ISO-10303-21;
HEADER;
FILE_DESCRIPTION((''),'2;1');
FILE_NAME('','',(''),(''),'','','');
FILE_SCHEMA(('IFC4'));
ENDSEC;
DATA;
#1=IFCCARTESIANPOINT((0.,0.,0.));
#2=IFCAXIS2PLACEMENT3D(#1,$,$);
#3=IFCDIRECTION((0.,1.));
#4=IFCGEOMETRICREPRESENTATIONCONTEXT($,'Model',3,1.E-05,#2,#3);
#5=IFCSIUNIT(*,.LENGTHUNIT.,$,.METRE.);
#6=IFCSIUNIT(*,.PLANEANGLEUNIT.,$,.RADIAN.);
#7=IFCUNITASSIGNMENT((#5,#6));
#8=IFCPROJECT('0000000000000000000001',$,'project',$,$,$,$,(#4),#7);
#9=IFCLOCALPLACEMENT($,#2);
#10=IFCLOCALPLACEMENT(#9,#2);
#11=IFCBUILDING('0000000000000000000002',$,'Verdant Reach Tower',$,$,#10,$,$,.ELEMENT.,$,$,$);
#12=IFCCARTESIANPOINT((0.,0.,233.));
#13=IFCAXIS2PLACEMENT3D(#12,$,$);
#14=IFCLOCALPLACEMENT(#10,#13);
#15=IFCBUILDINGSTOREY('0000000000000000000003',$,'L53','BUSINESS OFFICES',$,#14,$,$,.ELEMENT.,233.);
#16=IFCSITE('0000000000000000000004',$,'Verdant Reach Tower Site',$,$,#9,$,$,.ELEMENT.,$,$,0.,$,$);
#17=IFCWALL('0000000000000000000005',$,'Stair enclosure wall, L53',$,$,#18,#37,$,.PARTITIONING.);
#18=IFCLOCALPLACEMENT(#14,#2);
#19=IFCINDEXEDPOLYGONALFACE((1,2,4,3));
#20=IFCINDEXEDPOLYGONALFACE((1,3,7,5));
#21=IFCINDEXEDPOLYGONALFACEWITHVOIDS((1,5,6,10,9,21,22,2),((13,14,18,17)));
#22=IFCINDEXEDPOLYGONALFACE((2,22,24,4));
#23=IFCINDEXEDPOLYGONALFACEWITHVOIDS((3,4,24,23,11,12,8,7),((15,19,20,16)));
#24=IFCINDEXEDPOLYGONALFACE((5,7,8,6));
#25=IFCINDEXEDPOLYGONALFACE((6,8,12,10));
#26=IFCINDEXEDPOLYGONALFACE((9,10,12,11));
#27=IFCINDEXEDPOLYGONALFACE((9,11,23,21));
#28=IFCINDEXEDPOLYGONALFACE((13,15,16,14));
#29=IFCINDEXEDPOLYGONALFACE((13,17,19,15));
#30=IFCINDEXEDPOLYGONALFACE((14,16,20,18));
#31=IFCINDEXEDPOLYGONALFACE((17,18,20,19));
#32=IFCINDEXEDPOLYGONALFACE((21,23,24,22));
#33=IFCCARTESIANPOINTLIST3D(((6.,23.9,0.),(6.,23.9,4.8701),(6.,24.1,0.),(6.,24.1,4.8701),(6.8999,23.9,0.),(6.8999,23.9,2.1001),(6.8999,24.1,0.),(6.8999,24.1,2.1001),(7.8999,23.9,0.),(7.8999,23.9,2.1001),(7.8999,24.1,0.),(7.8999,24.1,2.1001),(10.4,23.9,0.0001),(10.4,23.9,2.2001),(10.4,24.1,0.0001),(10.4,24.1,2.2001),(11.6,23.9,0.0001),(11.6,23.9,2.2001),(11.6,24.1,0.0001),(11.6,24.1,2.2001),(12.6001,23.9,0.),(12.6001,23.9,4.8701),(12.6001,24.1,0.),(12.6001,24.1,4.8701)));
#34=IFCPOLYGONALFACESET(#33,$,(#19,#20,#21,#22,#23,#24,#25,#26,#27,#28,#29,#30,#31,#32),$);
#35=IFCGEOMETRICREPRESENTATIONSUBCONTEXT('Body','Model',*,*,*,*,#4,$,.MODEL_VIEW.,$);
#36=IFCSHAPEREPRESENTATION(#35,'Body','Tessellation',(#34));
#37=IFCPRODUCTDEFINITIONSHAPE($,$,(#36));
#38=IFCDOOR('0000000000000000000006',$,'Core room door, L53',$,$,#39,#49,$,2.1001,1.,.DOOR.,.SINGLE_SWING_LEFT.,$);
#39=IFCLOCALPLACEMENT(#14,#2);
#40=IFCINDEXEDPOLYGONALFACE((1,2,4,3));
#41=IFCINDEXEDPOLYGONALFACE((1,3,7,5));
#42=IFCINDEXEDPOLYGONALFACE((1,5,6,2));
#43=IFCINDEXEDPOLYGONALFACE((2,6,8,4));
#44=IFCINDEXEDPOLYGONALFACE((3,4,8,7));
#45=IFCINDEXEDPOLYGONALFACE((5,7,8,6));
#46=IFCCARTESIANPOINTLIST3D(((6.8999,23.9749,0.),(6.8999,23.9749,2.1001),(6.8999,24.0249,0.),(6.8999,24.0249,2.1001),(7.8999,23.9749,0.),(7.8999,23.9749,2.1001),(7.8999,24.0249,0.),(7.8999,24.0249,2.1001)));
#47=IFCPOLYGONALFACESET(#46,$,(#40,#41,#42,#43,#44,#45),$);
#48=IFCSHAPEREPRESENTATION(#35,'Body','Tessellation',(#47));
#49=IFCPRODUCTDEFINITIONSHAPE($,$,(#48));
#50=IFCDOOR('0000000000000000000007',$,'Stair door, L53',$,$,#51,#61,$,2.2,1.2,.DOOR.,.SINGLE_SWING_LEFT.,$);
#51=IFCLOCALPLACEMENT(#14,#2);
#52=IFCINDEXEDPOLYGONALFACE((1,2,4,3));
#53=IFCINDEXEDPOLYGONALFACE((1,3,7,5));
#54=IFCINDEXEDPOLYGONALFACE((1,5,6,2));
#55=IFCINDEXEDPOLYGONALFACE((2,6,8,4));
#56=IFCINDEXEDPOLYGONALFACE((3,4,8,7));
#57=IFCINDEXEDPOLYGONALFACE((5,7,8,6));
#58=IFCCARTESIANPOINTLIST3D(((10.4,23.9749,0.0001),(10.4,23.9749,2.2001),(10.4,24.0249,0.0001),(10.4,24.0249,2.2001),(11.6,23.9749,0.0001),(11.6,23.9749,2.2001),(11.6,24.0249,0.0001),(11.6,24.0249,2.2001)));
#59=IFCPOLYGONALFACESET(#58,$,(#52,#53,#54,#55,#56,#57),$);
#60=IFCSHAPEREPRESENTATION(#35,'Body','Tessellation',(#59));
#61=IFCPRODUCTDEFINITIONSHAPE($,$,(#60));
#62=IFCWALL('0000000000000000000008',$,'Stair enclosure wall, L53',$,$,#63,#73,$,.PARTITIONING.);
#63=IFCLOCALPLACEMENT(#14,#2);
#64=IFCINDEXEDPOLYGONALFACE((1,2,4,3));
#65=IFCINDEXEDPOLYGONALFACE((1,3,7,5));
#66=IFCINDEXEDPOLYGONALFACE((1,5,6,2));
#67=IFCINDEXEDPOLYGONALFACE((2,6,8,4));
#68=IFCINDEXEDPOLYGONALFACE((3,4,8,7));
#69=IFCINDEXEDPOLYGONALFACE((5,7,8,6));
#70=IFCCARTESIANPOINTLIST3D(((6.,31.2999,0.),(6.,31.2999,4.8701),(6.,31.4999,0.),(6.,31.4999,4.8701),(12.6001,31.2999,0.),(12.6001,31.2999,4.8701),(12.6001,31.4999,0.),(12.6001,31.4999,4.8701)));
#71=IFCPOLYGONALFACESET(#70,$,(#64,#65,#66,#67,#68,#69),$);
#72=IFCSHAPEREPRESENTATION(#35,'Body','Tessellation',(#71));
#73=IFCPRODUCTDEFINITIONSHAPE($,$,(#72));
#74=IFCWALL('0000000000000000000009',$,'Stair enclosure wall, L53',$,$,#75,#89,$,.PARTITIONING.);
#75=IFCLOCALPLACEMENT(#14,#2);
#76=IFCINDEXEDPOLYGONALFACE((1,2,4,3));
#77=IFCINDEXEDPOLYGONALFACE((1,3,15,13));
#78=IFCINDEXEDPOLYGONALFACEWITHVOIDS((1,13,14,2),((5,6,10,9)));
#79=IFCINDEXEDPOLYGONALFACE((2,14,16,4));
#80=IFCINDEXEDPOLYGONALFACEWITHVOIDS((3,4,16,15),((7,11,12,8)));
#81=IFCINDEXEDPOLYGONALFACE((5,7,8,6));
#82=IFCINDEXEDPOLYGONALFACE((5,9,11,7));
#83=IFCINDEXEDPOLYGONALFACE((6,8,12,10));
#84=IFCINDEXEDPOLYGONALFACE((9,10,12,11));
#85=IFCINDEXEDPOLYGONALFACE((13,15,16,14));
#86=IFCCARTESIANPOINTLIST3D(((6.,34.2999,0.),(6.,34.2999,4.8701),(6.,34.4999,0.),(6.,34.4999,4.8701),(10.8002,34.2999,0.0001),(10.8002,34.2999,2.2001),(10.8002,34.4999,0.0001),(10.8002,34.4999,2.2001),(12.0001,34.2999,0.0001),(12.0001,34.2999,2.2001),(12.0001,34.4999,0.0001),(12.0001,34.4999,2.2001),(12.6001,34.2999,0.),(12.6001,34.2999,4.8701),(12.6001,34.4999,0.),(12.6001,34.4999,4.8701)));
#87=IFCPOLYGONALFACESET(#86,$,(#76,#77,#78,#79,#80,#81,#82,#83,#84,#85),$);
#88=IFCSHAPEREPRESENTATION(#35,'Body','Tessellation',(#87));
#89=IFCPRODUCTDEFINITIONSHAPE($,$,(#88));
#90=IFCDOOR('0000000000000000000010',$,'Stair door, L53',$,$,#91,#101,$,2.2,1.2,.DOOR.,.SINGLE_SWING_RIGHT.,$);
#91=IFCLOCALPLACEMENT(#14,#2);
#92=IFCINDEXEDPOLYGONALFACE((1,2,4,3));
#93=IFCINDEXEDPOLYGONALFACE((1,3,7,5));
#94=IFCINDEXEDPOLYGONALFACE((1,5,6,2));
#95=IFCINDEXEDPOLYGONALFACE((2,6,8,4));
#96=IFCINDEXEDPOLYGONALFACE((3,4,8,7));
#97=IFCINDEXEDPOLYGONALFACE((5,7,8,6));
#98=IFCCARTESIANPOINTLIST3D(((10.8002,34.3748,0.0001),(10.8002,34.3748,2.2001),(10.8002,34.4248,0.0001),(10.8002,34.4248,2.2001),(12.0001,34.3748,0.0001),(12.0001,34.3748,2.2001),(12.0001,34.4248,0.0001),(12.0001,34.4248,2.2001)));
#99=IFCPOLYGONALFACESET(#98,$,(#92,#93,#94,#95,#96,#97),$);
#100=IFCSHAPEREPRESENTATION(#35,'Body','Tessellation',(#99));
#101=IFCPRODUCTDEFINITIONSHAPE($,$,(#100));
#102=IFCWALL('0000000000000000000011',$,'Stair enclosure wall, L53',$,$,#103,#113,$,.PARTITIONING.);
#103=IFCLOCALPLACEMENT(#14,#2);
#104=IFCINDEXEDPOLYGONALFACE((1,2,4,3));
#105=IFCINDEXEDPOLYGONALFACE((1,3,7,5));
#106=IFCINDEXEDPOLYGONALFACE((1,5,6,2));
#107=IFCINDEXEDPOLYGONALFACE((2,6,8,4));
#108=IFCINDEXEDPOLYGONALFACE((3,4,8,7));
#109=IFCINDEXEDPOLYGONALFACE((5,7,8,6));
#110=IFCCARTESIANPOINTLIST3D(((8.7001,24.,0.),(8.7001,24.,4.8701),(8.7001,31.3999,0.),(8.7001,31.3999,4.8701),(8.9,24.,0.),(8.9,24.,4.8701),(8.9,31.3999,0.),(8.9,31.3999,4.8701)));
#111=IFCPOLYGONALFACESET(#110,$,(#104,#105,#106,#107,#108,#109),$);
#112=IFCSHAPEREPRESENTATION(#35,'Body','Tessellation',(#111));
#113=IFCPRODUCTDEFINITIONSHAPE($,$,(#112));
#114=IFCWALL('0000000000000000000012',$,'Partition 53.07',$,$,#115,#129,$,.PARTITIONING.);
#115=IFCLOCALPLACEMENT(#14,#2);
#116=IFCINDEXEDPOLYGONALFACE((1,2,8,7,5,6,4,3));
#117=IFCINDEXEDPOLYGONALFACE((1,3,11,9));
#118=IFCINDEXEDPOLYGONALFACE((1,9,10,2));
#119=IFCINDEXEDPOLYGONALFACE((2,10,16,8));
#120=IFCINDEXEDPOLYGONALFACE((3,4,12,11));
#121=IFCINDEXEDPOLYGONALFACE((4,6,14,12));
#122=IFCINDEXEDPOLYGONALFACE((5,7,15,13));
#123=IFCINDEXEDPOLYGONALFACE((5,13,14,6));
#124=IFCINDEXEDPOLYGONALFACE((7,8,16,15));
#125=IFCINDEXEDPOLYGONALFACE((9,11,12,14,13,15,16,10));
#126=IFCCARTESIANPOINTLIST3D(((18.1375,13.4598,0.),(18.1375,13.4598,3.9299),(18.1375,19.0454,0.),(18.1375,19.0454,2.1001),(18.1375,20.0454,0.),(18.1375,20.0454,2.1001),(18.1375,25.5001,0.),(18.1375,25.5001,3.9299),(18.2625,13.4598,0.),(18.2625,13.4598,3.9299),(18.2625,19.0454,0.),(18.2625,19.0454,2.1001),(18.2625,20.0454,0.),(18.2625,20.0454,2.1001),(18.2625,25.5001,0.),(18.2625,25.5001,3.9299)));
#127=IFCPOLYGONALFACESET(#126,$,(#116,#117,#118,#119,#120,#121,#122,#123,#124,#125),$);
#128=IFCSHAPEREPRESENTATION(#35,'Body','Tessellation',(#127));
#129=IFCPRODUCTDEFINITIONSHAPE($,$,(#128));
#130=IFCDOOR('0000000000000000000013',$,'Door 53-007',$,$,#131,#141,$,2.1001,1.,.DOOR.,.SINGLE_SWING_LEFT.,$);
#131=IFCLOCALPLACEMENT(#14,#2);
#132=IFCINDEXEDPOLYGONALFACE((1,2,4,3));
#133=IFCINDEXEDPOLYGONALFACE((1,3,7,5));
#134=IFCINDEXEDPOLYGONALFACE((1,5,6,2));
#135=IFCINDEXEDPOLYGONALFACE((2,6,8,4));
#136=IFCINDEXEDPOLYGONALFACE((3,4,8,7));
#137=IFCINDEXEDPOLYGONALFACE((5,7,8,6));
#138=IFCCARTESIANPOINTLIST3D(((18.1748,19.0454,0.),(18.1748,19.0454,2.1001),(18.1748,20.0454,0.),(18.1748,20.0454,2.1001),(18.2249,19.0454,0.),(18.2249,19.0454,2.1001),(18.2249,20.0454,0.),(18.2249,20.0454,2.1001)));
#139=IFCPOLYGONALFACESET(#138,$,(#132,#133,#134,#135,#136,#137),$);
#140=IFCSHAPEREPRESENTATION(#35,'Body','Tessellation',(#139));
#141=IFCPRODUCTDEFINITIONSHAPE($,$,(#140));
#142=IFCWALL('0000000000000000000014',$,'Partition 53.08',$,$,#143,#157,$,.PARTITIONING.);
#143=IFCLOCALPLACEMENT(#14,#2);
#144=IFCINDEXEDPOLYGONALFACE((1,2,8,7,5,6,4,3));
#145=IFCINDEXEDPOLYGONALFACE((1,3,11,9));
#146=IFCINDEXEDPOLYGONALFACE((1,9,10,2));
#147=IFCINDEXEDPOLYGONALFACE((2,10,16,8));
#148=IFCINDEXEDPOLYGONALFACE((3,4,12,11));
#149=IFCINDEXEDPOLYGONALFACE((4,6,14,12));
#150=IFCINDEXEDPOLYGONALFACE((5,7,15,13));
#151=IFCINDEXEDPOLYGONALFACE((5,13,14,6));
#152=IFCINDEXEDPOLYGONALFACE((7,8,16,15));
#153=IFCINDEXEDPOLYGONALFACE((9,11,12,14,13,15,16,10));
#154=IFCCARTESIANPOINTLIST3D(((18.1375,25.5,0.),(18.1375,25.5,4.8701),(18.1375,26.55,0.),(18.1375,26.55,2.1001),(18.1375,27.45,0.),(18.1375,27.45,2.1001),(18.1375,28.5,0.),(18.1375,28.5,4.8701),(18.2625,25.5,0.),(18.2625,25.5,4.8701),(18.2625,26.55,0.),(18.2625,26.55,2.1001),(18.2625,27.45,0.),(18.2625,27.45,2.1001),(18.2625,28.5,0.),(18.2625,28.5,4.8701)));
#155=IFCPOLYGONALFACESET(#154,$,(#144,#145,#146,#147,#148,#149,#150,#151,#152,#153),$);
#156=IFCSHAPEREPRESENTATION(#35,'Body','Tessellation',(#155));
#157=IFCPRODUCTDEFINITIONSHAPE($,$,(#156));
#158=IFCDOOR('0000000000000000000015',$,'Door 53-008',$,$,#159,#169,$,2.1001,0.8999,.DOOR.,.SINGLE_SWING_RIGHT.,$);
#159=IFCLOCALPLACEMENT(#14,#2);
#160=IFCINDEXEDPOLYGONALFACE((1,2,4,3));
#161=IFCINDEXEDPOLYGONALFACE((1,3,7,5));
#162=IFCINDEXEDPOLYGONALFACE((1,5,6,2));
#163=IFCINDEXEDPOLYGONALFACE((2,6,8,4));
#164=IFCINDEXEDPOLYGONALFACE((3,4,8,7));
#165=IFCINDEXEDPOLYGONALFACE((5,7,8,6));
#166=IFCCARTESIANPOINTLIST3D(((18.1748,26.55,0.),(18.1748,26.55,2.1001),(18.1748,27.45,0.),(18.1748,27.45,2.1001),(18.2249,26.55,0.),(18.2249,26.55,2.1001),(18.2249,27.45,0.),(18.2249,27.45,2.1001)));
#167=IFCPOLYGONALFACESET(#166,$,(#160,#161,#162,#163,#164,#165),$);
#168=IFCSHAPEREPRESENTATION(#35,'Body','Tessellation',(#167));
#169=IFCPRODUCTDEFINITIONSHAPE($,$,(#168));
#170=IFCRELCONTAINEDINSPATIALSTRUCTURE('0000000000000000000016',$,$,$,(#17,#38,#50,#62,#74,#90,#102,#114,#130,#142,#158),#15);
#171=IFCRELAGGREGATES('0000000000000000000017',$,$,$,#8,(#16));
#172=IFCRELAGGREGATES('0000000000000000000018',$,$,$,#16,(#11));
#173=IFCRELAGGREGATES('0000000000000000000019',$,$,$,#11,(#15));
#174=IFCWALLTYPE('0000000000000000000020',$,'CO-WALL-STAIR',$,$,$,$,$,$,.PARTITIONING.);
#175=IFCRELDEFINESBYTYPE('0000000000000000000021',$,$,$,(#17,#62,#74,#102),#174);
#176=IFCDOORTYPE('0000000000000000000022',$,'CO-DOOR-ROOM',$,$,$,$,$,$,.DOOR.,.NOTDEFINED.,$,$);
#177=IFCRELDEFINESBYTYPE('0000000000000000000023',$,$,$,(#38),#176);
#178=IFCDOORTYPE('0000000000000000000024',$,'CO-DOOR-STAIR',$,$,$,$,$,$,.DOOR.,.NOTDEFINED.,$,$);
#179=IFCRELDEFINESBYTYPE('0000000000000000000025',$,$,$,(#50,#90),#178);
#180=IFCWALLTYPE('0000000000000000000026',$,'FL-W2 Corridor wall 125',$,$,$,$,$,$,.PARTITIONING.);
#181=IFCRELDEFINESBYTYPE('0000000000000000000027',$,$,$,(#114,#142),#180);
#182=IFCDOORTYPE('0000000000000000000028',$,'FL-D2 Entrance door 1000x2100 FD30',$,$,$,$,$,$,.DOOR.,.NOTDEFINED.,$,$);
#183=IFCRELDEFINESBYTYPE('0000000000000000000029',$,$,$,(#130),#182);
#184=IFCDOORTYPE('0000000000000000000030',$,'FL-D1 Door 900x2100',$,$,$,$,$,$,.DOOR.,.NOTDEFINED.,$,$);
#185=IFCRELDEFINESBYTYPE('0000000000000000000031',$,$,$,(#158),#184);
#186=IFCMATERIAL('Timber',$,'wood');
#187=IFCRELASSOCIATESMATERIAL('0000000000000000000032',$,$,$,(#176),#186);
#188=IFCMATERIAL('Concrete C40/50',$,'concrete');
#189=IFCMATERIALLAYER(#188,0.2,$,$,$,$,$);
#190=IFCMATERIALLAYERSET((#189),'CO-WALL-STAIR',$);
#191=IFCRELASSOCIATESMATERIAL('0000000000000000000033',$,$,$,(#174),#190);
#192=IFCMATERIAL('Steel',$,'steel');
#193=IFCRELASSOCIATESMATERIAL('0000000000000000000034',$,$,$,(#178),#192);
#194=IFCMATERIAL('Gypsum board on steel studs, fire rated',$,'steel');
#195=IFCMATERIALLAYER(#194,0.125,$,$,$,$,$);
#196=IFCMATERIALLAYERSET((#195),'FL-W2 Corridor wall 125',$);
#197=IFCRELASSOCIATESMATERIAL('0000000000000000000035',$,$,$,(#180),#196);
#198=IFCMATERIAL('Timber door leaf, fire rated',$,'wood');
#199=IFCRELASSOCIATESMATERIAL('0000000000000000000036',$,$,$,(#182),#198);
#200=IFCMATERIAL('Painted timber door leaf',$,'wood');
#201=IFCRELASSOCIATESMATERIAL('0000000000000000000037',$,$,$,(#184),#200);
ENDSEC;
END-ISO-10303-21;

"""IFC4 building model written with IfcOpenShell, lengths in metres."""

from ifc_helpers import new_model, si_unit, direction, frame, frame_2d, origin, place, context, subcontext, project, spatial, rectangle, extrude, material, layer, layer_set, type_object, element, fill, save


model = new_model("IFC4")

# Units and contexts
model_context = context("Model", 3, precision=1e-05, world=origin(), true_north=direction((0.0, 1.0)))
body_context = subcontext(model_context, "Body", "Model", "MODEL_VIEW")
ifc_project = project(units=[si_unit("LENGTHUNIT", "METRE"), si_unit("PLANEANGLEUNIT", "RADIAN")], contexts=[model_context])

# Site, building, storey
site_placement = place(None, origin())
site = spatial("IfcSite", under=ifc_project, at=site_placement, Name="Verdant Reach Tower Site", CompositionType="ELEMENT", RefElevation=0.0)
building_placement = place(site_placement, origin())
building = spatial("IfcBuilding", under=site, at=building_placement, Name="Verdant Reach Tower", CompositionType="ELEMENT")
storey_placement = place(building_placement, frame((0.0, 0.0, 233.0)))
storey = spatial("IfcBuildingStorey", under=building, at=storey_placement, Name="L53", Description="BUSINESS OFFICES", CompositionType="ELEMENT", Elevation=233.0)

# Shared definitions
ifc_material_1 = material(Name="Timber", Category="wood")
door_type_1 = type_object("IfcDoorType", Name="CO-DOOR-ROOM", OperationType="NOTDEFINED", PredefinedType="DOOR", material=ifc_material_1)

# Shared definitions
ifc_material_2 = material(Name="Concrete C40/50", Category="concrete")

# Wall, openings, doors
ifc_layer_1 = layer(ifc_material_2, 0.2)
ifc_layer_set_1 = layer_set([ifc_layer_1], Name="CO-WALL-STAIR")
wall_type_1 = type_object("IfcWallType", Name="CO-WALL-STAIR", PredefinedType="PARTITIONING", material=ifc_layer_set_1)
wall_1_placement = place(storey_placement, frame((6.0, 24.0, 0.0), z_axis=(0.0, 0.0, 1.0), x_axis=(1.0, 0.0, 0.0)))
wall_1 = element("IfcWall", 1, at=wall_1_placement, inside=storey, type_object=wall_type_1, Name="Stair enclosure wall, L53", PredefinedType="PARTITIONING", context=body_context, shape_type="SweptSolid", body=[
    extrude(rectangle(XDim=6.6001, YDim=0.2, at=frame_2d((3.3, 0.0))), origin(), (0.0, 0.0, 1.0), 4.8701),
])
opening_1_placement = place(wall_1_placement, frame((0.8999, 0.0, 0.0)))
opening_1 = element("IfcOpeningElement", 2, at=opening_1_placement, cuts=wall_1, PredefinedType="OPENING", context=body_context, shape_type="SweptSolid", body=[
    extrude(rectangle(XDim=1.0, YDim=2.1001, at=frame_2d((0.5, 1.05))), frame((0.0, 0.1099, 0.0), z_axis=(0.0, -1.0, 0.0), x_axis=(1.0, 0.0, 0.0)), (0.0, 0.0, 1.0), 0.22),
])
opening_2_placement = place(wall_1_placement, frame((4.3999, 0.0, 0.0)))
opening_2 = element("IfcOpeningElement", 3, at=opening_2_placement, cuts=wall_1, PredefinedType="OPENING", context=body_context, shape_type="SweptSolid", body=[
    extrude(rectangle(XDim=1.2, YDim=2.2, at=frame_2d((0.6001, 1.1001))), frame((0.0, 0.1099, 0.0), z_axis=(0.0, -1.0, 0.0), x_axis=(1.0, 0.0, 0.0)), (0.0, 0.0, 1.0), 0.22),
])
door_1_placement = place(opening_1_placement, origin())
door_1 = element("IfcDoor", 4, at=door_1_placement, inside=storey, type_object=door_type_1, Name="Core room door, L53", OperationType="SINGLE_SWING_LEFT", OverallHeight=2.1001, OverallWidth=1.0, PredefinedType="DOOR", context=body_context, shape_type="SweptSolid", body=[
    extrude(rectangle(XDim=1.0, YDim=2.1001, at=frame_2d((0.5, 1.05))), frame((0.0, 0.0249, 0.0), z_axis=(0.0, -1.0, 0.0), x_axis=(1.0, 0.0, 0.0)), (0.0, 0.0, 1.0), 0.05),
])
fill(opening_1, door_1)
ifc_material_3 = material(Name="Steel", Category="steel")
door_type_2 = type_object("IfcDoorType", Name="CO-DOOR-STAIR", OperationType="NOTDEFINED", PredefinedType="DOOR", material=ifc_material_3)
door_2_placement = place(opening_2_placement, origin())
door_2 = element("IfcDoor", 5, at=door_2_placement, inside=storey, type_object=door_type_2, Name="Stair door, L53", OperationType="SINGLE_SWING_LEFT", OverallHeight=2.2, OverallWidth=1.2, PredefinedType="DOOR", context=body_context, shape_type="SweptSolid", body=[
    extrude(rectangle(XDim=1.2, YDim=2.2, at=frame_2d((0.6001, 1.1001))), frame((0.0, 0.0249, 0.0), z_axis=(0.0, -1.0, 0.0), x_axis=(1.0, 0.0, 0.0)), (0.0, 0.0, 1.0), 0.05),
])
fill(opening_2, door_2)

# Wall
wall_2_placement = place(storey_placement, frame((6.0, 31.3999, 0.0), z_axis=(0.0, 0.0, 1.0), x_axis=(1.0, 0.0, 0.0)))
element("IfcWall", 6, at=wall_2_placement, inside=storey, type_object=wall_type_1, Name="Stair enclosure wall, L53", PredefinedType="PARTITIONING", context=body_context, shape_type="SweptSolid", body=[
    extrude(rectangle(XDim=6.6001, YDim=0.2, at=frame_2d((3.3, 0.0))), origin(), (0.0, 0.0, 1.0), 4.8701),
])

# Wall, opening, door
wall_3_placement = place(storey_placement, frame((6.0, 34.3999, 0.0), z_axis=(0.0, 0.0, 1.0), x_axis=(1.0, 0.0, 0.0)))
wall_3 = element("IfcWall", 7, at=wall_3_placement, inside=storey, type_object=wall_type_1, Name="Stair enclosure wall, L53", PredefinedType="PARTITIONING", context=body_context, shape_type="SweptSolid", body=[
    extrude(rectangle(XDim=6.6001, YDim=0.2, at=frame_2d((3.3, 0.0))), origin(), (0.0, 0.0, 1.0), 4.8701),
])
opening_3_placement = place(wall_3_placement, frame((4.8, 0.0, 0.0)))
opening_3 = element("IfcOpeningElement", 8, at=opening_3_placement, cuts=wall_3, PredefinedType="OPENING", context=body_context, shape_type="SweptSolid", body=[
    extrude(rectangle(XDim=1.2, YDim=2.2, at=frame_2d((0.6001, 1.1001))), frame((0.0, 0.1099, 0.0), z_axis=(0.0, -1.0, 0.0), x_axis=(1.0, 0.0, 0.0)), (0.0, 0.0, 1.0), 0.22),
])
door_3_placement = place(opening_3_placement, origin())
door_3 = element("IfcDoor", 9, at=door_3_placement, inside=storey, type_object=door_type_2, Name="Stair door, L53", OperationType="SINGLE_SWING_RIGHT", OverallHeight=2.2, OverallWidth=1.2, PredefinedType="DOOR", context=body_context, shape_type="SweptSolid", body=[
    extrude(rectangle(XDim=1.2, YDim=2.2, at=frame_2d((0.6001, 1.1001))), frame((0.0, 0.0249, 0.0), z_axis=(0.0, -1.0, 0.0), x_axis=(1.0, 0.0, 0.0)), (0.0, 0.0, 1.0), 0.05),
])
fill(opening_3, door_3)

# Wall
wall_4_placement = place(storey_placement, frame((8.8, 24.0, 0.0), z_axis=(0.0, 0.0, 1.0), x_axis=(0.0, 1.0, 0.0)))
element("IfcWall", 10, at=wall_4_placement, inside=storey, type_object=wall_type_1, Name="Stair enclosure wall, L53", PredefinedType="PARTITIONING", context=body_context, shape_type="SweptSolid", body=[
    extrude(rectangle(XDim=7.3999, YDim=0.2, at=frame_2d((3.7, 0.0))), origin(), (0.0, 0.0, 1.0), 4.8701),
])

# Walls, openings, doors
ifc_material_4 = material(Name="Gypsum board on steel studs, fire rated", Category="steel")
ifc_layer_2 = layer(ifc_material_4, 0.125)
ifc_layer_set_2 = layer_set([ifc_layer_2], Name="FL-W2 Corridor wall 125")
wall_type_2 = type_object("IfcWallType", Name="FL-W2 Corridor wall 125", PredefinedType="PARTITIONING", material=ifc_layer_set_2)
wall_5_placement = place(storey_placement, frame((18.2, 25.5, 0.0), z_axis=(0.0, 0.0, 1.0), x_axis=(0.0, -1.0, 0.0)))
wall_5 = element("IfcWall", 11, at=wall_5_placement, inside=storey, type_object=wall_type_2, Name="Partition 53.07", PredefinedType="PARTITIONING", context=body_context, shape_type="SweptSolid", body=[
    extrude(rectangle(XDim=12.0403, YDim=0.125, at=frame_2d((6.02, 0.0))), origin(), (0.0, 0.0, 1.0), 3.9299),
])
opening_4_placement = place(wall_5_placement, frame((5.4546, 0.0, 0.0)))
opening_4 = element("IfcOpeningElement", 12, at=opening_4_placement, cuts=wall_5, PredefinedType="OPENING", context=body_context, shape_type="SweptSolid", body=[
    extrude(rectangle(XDim=1.0, YDim=2.1001, at=frame_2d((0.5, 1.05))), frame((0.0, 0.0725, 0.0), z_axis=(0.0, -1.0, 0.0), x_axis=(1.0, 0.0, 0.0)), (0.0, 0.0, 1.0), 0.145),
])
ifc_material_5 = material(Name="Timber door leaf, fire rated", Category="wood")
door_type_3 = type_object("IfcDoorType", Name="FL-D2 Entrance door 1000x2100 FD30", OperationType="NOTDEFINED", PredefinedType="DOOR", material=ifc_material_5)
door_4_placement = place(opening_4_placement, origin())
door_4 = element("IfcDoor", 13, at=door_4_placement, inside=storey, type_object=door_type_3, Name="Door 53-007", OperationType="SINGLE_SWING_LEFT", OverallHeight=2.1001, OverallWidth=1.0, PredefinedType="DOOR", context=body_context, shape_type="SweptSolid", body=[
    extrude(rectangle(XDim=1.0, YDim=2.1001, at=frame_2d((0.5, 1.05))), frame((0.0, 0.0249, 0.0), z_axis=(0.0, -1.0, 0.0), x_axis=(1.0, 0.0, 0.0)), (0.0, 0.0, 1.0), 0.05),
])
fill(opening_4, door_4)
wall_6_placement = place(storey_placement, frame((18.2, 28.5, 0.0), z_axis=(0.0, 0.0, 1.0), x_axis=(0.0, -1.0, 0.0)))
wall_6 = element("IfcWall", 14, at=wall_6_placement, inside=storey, type_object=wall_type_2, Name="Partition 53.08", PredefinedType="PARTITIONING", context=body_context, shape_type="SweptSolid", body=[
    extrude(rectangle(XDim=3.0, YDim=0.125, at=frame_2d((1.5, 0.0))), origin(), (0.0, 0.0, 1.0), 4.8701),
])
opening_5_placement = place(wall_6_placement, frame((1.05, 0.0, 0.0)))
opening_5 = element("IfcOpeningElement", 15, at=opening_5_placement, cuts=wall_6, PredefinedType="OPENING", context=body_context, shape_type="SweptSolid", body=[
    extrude(rectangle(XDim=0.8999, YDim=2.1001, at=frame_2d((0.45, 1.05))), frame((0.0, 0.0725, 0.0), z_axis=(0.0, -1.0, 0.0), x_axis=(1.0, 0.0, 0.0)), (0.0, 0.0, 1.0), 0.145),
])
ifc_material_6 = material(Name="Painted timber door leaf", Category="wood")
door_type_4 = type_object("IfcDoorType", Name="FL-D1 Door 900x2100", OperationType="NOTDEFINED", PredefinedType="DOOR", material=ifc_material_6)
door_5_placement = place(opening_5_placement, origin())
door_5 = element("IfcDoor", 16, at=door_5_placement, inside=storey, type_object=door_type_4, Name="Door 53-008", OperationType="SINGLE_SWING_RIGHT", OverallHeight=2.1001, OverallWidth=0.8999, PredefinedType="DOOR", context=body_context, shape_type="SweptSolid", body=[
    extrude(rectangle(XDim=0.8999, YDim=2.1001, at=frame_2d((0.45, 1.05))), frame((0.0, 0.0249, 0.0), z_axis=(0.0, -1.0, 0.0), x_axis=(1.0, 0.0, 0.0)), (0.0, 0.0, 1.0), 0.05),
])
fill(opening_5, door_5)

save(model, "model.ifc")
